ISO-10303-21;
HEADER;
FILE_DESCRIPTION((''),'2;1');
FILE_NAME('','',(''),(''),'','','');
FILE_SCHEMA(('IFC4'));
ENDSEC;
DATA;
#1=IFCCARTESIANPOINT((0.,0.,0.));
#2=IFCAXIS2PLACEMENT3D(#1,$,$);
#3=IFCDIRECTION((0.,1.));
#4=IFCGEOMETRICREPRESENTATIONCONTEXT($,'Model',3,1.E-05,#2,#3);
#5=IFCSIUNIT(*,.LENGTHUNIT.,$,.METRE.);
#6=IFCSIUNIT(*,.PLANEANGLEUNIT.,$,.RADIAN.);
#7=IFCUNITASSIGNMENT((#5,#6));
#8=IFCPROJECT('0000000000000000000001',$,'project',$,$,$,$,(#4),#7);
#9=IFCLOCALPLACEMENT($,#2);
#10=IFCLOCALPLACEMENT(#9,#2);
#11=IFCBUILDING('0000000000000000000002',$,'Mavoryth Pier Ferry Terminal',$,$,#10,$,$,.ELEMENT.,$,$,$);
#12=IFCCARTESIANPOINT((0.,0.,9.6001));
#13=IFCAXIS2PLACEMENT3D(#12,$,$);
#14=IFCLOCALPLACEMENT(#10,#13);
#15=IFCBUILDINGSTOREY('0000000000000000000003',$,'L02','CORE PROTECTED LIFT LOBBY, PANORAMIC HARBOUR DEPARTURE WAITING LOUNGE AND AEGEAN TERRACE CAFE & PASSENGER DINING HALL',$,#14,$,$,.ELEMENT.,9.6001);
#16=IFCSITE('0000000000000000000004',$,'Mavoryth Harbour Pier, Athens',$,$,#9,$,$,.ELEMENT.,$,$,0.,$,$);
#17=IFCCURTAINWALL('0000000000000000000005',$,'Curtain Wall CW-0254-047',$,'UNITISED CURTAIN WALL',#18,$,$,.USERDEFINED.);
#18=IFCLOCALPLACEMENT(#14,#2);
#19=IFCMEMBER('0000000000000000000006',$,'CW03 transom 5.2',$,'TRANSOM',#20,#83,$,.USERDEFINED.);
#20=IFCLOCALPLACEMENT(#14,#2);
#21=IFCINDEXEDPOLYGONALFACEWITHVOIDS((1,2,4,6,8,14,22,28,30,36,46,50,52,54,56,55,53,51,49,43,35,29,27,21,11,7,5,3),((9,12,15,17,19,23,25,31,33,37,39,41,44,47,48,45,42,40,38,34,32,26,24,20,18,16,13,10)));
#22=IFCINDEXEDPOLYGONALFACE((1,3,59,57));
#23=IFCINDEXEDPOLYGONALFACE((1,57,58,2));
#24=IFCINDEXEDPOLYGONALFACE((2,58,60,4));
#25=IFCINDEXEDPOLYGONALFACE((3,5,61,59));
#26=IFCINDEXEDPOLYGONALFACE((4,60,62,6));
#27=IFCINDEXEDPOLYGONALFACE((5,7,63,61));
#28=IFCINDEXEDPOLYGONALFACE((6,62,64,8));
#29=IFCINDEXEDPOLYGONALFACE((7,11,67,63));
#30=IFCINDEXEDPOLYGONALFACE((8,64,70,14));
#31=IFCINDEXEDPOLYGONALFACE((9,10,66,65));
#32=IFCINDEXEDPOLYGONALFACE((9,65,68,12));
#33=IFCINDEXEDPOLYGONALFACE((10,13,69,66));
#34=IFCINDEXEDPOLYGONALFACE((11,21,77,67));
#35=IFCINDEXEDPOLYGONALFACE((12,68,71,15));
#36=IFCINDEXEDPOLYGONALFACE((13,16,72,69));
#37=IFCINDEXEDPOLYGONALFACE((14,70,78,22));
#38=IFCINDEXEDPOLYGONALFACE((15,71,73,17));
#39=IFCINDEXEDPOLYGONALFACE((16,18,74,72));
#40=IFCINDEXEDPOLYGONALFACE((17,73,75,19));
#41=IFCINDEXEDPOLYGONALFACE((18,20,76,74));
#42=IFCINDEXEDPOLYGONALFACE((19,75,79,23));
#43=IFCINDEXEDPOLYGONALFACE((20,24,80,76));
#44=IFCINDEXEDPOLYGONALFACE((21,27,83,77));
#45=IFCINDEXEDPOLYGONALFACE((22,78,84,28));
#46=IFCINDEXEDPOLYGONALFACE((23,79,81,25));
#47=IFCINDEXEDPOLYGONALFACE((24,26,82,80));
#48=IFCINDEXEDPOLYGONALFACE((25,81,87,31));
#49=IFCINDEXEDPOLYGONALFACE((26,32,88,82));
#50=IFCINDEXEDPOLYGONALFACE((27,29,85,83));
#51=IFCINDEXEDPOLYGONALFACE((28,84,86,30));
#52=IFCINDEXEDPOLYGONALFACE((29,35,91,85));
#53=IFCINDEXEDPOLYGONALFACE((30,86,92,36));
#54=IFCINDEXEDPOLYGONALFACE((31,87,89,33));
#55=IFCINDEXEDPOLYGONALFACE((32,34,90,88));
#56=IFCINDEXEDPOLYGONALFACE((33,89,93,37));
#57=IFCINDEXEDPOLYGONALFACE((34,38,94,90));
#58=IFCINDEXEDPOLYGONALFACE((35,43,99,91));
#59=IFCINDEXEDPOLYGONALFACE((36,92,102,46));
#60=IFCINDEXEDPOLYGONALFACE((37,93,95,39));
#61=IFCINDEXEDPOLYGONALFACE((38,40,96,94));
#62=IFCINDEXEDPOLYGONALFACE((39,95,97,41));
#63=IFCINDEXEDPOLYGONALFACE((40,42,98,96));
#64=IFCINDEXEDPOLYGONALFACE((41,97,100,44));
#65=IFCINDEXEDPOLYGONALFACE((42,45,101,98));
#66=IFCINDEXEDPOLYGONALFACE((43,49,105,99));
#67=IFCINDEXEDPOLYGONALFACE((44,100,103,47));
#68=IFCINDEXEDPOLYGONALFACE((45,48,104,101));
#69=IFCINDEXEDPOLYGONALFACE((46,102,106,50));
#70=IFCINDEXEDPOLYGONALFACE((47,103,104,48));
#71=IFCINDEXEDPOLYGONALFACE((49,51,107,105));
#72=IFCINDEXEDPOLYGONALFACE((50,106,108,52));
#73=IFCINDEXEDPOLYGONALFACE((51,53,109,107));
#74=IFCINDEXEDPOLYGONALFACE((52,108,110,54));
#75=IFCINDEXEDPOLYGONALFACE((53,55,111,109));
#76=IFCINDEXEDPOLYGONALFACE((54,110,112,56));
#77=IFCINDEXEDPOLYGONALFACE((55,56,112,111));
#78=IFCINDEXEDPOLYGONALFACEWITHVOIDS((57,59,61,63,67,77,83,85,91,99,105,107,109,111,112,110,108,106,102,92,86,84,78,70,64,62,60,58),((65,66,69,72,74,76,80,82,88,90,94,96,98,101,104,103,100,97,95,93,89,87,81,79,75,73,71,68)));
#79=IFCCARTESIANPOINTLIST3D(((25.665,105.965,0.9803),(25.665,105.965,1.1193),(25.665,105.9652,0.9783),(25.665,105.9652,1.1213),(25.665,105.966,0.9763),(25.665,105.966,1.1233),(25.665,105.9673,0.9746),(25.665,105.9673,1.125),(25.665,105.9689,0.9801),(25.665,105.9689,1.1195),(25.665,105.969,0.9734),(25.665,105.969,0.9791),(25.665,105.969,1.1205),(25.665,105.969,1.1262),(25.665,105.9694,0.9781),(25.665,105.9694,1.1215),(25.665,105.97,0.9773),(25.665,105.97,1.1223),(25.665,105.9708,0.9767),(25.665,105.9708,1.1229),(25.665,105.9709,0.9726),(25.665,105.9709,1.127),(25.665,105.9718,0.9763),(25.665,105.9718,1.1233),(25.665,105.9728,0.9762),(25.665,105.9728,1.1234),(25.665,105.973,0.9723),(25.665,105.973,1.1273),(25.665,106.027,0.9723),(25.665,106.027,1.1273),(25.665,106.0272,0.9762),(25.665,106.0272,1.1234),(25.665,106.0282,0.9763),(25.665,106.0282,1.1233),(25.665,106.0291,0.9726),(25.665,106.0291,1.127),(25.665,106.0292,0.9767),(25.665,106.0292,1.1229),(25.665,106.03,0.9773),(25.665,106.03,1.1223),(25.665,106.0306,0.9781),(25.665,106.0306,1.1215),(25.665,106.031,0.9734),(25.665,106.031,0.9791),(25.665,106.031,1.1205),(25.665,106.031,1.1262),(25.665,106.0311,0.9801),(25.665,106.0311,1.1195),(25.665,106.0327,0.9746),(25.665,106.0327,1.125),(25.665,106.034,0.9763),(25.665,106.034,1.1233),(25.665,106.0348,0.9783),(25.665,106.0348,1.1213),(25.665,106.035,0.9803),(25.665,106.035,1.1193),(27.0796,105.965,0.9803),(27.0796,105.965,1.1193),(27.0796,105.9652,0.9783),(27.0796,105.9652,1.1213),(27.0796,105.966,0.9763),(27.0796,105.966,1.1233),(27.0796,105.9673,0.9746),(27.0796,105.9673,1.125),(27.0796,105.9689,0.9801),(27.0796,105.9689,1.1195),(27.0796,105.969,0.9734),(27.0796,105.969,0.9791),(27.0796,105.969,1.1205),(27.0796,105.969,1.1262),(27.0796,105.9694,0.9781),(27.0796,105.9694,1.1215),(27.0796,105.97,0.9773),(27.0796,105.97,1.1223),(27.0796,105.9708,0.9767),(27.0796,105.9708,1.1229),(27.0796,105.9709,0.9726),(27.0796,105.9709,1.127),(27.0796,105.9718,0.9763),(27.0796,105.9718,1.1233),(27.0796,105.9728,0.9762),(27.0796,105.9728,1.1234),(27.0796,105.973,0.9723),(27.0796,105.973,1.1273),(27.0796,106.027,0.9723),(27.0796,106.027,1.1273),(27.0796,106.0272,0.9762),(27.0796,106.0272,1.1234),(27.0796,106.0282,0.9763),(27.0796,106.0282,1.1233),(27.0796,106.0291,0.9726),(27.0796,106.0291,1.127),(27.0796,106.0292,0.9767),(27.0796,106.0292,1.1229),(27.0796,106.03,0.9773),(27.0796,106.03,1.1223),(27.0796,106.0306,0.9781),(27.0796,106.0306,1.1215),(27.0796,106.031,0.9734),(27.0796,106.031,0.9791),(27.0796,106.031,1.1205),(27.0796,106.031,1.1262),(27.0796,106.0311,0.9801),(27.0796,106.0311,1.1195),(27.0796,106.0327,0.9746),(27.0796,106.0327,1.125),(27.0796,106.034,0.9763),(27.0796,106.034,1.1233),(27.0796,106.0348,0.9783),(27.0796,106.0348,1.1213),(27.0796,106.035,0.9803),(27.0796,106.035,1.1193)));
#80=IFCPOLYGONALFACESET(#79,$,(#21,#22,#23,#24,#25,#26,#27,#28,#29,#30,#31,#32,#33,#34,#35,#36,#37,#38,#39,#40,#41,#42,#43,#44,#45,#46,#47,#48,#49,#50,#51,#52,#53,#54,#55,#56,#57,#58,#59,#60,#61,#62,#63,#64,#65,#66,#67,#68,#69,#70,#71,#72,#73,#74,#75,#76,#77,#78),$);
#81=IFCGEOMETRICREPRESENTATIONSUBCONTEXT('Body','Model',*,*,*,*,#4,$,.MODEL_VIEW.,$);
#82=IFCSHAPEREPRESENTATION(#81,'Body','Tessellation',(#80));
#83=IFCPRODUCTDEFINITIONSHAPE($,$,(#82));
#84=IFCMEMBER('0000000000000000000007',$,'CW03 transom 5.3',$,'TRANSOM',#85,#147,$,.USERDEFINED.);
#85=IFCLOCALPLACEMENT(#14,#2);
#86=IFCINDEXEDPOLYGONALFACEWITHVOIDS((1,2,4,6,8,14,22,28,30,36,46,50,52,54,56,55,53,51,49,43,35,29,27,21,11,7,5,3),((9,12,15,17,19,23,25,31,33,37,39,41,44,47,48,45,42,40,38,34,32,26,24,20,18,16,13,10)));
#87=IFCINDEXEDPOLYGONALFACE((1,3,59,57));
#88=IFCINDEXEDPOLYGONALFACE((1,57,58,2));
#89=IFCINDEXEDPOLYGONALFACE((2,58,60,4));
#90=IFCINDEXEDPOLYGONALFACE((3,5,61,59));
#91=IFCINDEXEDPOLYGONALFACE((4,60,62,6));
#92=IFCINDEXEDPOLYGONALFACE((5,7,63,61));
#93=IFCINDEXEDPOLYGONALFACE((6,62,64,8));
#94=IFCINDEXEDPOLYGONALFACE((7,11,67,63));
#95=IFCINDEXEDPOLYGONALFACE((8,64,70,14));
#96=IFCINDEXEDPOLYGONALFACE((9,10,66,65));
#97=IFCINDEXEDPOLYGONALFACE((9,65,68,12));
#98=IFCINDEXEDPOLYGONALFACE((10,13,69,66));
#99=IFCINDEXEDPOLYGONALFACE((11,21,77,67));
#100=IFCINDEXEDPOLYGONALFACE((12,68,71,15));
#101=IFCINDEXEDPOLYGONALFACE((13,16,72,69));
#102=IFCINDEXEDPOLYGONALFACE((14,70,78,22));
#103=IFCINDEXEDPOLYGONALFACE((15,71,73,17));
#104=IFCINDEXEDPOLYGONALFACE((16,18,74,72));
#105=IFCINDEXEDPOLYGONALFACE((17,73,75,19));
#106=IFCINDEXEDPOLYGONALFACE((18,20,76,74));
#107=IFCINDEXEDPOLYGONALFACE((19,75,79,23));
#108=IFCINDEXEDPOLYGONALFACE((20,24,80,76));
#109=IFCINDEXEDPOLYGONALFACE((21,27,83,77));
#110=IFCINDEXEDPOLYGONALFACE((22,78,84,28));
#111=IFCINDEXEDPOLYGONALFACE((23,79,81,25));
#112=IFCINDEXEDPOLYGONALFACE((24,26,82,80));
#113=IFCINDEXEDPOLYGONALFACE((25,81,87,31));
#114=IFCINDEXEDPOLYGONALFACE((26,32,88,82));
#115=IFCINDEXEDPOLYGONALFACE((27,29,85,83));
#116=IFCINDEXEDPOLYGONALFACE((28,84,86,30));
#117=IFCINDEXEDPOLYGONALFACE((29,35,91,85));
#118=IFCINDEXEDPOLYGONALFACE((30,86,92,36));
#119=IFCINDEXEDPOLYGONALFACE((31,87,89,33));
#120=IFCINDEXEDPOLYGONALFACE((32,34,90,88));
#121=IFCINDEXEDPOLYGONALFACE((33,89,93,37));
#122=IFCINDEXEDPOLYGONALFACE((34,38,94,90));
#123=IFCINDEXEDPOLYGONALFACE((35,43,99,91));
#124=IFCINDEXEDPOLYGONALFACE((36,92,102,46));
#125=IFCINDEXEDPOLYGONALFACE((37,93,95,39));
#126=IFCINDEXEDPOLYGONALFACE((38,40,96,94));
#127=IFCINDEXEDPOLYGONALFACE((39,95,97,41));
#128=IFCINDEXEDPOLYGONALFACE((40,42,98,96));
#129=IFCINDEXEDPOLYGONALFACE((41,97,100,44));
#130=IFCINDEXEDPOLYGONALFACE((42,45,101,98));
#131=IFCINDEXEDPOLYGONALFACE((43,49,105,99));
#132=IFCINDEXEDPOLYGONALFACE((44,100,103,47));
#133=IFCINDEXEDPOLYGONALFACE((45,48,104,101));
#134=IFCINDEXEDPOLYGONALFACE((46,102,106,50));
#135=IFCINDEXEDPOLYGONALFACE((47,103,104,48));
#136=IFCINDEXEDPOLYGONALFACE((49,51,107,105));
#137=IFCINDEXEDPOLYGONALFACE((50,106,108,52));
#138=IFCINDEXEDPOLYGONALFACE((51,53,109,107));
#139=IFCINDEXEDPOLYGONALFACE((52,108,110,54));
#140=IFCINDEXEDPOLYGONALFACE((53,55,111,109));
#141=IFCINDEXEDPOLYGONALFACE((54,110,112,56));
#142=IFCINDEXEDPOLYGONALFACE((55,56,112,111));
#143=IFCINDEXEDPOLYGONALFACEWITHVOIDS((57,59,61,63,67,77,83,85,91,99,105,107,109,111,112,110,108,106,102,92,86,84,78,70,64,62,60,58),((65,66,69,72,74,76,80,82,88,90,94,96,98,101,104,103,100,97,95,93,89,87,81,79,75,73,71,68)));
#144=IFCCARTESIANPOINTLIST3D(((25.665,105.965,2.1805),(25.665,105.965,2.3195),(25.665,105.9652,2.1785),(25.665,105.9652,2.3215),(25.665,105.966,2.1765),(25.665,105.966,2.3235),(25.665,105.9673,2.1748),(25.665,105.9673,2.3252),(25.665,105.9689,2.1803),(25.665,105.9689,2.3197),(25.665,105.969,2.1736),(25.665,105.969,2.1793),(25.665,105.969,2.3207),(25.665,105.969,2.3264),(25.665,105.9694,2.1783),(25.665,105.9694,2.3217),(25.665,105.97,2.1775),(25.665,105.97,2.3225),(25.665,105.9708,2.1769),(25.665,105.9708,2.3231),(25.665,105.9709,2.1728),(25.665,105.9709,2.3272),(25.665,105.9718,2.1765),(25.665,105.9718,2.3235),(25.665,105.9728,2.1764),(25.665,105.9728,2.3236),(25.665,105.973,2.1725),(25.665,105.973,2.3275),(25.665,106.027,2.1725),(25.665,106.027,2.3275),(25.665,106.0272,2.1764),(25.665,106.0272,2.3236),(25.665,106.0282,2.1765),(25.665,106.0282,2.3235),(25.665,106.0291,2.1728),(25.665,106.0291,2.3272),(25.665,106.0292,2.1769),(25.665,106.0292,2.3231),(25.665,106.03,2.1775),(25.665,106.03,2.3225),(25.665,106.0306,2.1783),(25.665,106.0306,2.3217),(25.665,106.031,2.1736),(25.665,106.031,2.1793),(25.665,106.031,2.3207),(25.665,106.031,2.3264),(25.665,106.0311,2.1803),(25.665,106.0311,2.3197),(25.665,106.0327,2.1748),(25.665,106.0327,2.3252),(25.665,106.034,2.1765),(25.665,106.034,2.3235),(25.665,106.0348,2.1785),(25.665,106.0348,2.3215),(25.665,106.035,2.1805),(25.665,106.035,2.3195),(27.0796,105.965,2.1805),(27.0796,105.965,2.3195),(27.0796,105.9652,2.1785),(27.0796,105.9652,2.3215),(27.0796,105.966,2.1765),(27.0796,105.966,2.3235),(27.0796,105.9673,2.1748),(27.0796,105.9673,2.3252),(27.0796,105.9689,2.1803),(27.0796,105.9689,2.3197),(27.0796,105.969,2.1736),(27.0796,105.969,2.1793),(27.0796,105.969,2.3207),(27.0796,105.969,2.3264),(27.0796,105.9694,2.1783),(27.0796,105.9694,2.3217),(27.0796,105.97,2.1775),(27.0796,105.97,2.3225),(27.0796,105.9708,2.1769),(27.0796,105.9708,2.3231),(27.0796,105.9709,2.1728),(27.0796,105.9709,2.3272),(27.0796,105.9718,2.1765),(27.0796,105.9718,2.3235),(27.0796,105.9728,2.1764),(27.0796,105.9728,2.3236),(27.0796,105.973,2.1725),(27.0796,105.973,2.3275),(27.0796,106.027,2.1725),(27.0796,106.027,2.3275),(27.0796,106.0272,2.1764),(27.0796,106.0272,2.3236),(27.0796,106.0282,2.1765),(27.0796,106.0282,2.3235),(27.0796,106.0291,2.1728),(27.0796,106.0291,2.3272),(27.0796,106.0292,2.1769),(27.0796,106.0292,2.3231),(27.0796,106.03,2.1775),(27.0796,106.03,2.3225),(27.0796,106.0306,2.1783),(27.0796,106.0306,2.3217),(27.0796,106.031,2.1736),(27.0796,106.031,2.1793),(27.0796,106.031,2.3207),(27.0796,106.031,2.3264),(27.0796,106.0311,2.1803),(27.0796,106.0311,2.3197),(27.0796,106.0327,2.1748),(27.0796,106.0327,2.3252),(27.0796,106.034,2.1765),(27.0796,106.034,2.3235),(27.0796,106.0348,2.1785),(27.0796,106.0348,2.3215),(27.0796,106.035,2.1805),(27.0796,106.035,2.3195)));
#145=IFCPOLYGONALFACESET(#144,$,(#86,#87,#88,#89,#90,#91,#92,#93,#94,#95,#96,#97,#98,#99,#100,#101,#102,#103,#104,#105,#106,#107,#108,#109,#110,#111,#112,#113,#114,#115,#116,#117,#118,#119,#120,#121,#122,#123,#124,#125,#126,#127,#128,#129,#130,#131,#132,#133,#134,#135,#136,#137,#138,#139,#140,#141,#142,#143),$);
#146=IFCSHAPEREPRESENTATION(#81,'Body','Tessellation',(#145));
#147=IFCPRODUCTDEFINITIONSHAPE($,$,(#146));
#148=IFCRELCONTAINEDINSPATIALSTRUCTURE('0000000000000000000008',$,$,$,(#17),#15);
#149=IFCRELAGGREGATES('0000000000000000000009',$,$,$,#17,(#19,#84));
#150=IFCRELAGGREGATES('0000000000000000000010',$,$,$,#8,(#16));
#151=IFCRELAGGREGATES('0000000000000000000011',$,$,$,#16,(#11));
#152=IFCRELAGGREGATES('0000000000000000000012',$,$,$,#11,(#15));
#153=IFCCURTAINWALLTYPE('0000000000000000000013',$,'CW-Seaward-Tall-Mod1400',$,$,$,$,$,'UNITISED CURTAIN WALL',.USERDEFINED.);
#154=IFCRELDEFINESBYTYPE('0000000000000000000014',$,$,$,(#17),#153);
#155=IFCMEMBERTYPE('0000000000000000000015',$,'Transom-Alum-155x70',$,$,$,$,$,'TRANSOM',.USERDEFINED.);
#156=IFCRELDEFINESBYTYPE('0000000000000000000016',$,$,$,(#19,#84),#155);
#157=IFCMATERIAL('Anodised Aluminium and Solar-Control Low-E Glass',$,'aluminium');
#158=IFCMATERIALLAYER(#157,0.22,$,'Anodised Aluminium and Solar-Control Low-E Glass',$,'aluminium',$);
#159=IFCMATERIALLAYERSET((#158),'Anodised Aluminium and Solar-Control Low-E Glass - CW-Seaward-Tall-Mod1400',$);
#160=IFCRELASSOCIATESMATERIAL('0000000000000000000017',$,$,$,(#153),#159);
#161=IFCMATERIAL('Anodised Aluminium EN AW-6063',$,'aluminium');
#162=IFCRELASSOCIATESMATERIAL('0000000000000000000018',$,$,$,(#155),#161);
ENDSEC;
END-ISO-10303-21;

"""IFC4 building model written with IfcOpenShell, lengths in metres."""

from ifc_helpers import new_model, si_unit, direction, frame, origin, origin_2d, place, context, subcontext, project, spatial, hollow_rectangle, extrude, material, layer, layer_set, material_profile, profile_set, type_object, element, aggregate, save


model = new_model("IFC4")

# Units and contexts
model_context = context("Model", 3, precision=1e-05, world=origin(), true_north=direction((0.0, 1.0)))
body_context = subcontext(model_context, "Body", "Model", "MODEL_VIEW")
ifc_project = project(units=[si_unit("LENGTHUNIT", "METRE"), si_unit("PLANEANGLEUNIT", "RADIAN")], contexts=[model_context])

# Site, building, storey
site_placement = place(None, origin())
site = spatial("IfcSite", under=ifc_project, at=site_placement, Name="Mavoryth Harbour Pier, Athens", CompositionType="ELEMENT", RefElevation=0.0)
building_placement = place(site_placement, origin())
building = spatial("IfcBuilding", under=site, at=building_placement, Name="Mavoryth Pier Ferry Terminal", CompositionType="ELEMENT")
storey_placement = place(building_placement, frame((0.0, 0.0, 9.6001)))
storey = spatial("IfcBuildingStorey", under=building, at=storey_placement, Name="L02", Description="CORE PROTECTED LIFT LOBBY, PANORAMIC HARBOUR DEPARTURE WAITING LOUNGE AND AEGEAN TERRACE CAFE & PASSENGER DINING HALL", CompositionType="ELEMENT", Elevation=9.6001)

# Curtain wall
ifc_material_1 = material(Name="Anodised Aluminium and Solar-Control Low-E Glass", Category="aluminium")
ifc_layer_1 = layer(ifc_material_1, 0.22, Name="Anodised Aluminium and Solar-Control Low-E Glass", Category="aluminium")
ifc_layer_set_1 = layer_set([ifc_layer_1], Name="Anodised Aluminium and Solar-Control Low-E Glass - CW-Seaward-Tall-Mod1400")
curtain_wall_type = type_object("IfcCurtainWallType", Name="CW-Seaward-Tall-Mod1400", ElementType="UNITISED CURTAIN WALL", PredefinedType="USERDEFINED", material=ifc_layer_set_1)
curtain_wall_placement = place(storey_placement, origin())
curtain_wall = element("IfcCurtainWall", 1, at=curtain_wall_placement, inside=storey, type_object=curtain_wall_type, Name="Curtain Wall CW-0254-047", ObjectType="UNITISED CURTAIN WALL", PredefinedType="USERDEFINED")
ifc_material_2 = material(Name="Anodised Aluminium EN AW-6063", Category="aluminium")

# Members
ifc_material_profile_1 = material_profile(ifc_material_2, hollow_rectangle(XDim=0.0701, YDim=0.155, WallThickness=0.0039, InnerFilletRadius=0.0039, OuterFilletRadius=0.0081, at=origin_2d()), Name="AL-TRAN 155x70x4", Category="aluminium")
ifc_profile_set_1 = profile_set([ifc_material_profile_1], Name="Anodised Aluminium EN AW-6063 - AL-TRAN 155x70x4")
member_type_1 = type_object("IfcMemberType", Name="Transom-Alum-155x70", ElementType="TRANSOM", PredefinedType="USERDEFINED", material=ifc_profile_set_1)
member_1_placement = place(storey_placement, frame((27.0796, 106.0, 1.0498), z_axis=(-1.0, 0.0, 0.0), x_axis=(0.0, -1.0, 0.0)))
member_1 = element("IfcMember", 2, at=member_1_placement, type_object=member_type_1, Name="CW03 transom 5.2", ObjectType="TRANSOM", PredefinedType="USERDEFINED", context=body_context, shape_type="SweptSolid", body=[
    extrude(hollow_rectangle(XDim=0.0701, YDim=0.155, WallThickness=0.0039, InnerFilletRadius=0.0039, OuterFilletRadius=0.0081, at=origin_2d()), origin(), (0.0, 0.0, 1.0), 1.4146),
])
member_2_placement = place(storey_placement, frame((27.0796, 106.0, 2.25), z_axis=(-1.0, 0.0, 0.0), x_axis=(0.0, -1.0, 0.0)))
member_2 = element("IfcMember", 3, at=member_2_placement, type_object=member_type_1, Name="CW03 transom 5.3", ObjectType="TRANSOM", PredefinedType="USERDEFINED", context=body_context, shape_type="SweptSolid", body=[
    extrude(hollow_rectangle(XDim=0.0701, YDim=0.155, WallThickness=0.0039, InnerFilletRadius=0.0039, OuterFilletRadius=0.0081, at=origin_2d()), origin(), (0.0, 0.0, 1.0), 1.4146),
])

aggregate(curtain_wall, [member_1, member_2])

save(model, "model.ifc")
